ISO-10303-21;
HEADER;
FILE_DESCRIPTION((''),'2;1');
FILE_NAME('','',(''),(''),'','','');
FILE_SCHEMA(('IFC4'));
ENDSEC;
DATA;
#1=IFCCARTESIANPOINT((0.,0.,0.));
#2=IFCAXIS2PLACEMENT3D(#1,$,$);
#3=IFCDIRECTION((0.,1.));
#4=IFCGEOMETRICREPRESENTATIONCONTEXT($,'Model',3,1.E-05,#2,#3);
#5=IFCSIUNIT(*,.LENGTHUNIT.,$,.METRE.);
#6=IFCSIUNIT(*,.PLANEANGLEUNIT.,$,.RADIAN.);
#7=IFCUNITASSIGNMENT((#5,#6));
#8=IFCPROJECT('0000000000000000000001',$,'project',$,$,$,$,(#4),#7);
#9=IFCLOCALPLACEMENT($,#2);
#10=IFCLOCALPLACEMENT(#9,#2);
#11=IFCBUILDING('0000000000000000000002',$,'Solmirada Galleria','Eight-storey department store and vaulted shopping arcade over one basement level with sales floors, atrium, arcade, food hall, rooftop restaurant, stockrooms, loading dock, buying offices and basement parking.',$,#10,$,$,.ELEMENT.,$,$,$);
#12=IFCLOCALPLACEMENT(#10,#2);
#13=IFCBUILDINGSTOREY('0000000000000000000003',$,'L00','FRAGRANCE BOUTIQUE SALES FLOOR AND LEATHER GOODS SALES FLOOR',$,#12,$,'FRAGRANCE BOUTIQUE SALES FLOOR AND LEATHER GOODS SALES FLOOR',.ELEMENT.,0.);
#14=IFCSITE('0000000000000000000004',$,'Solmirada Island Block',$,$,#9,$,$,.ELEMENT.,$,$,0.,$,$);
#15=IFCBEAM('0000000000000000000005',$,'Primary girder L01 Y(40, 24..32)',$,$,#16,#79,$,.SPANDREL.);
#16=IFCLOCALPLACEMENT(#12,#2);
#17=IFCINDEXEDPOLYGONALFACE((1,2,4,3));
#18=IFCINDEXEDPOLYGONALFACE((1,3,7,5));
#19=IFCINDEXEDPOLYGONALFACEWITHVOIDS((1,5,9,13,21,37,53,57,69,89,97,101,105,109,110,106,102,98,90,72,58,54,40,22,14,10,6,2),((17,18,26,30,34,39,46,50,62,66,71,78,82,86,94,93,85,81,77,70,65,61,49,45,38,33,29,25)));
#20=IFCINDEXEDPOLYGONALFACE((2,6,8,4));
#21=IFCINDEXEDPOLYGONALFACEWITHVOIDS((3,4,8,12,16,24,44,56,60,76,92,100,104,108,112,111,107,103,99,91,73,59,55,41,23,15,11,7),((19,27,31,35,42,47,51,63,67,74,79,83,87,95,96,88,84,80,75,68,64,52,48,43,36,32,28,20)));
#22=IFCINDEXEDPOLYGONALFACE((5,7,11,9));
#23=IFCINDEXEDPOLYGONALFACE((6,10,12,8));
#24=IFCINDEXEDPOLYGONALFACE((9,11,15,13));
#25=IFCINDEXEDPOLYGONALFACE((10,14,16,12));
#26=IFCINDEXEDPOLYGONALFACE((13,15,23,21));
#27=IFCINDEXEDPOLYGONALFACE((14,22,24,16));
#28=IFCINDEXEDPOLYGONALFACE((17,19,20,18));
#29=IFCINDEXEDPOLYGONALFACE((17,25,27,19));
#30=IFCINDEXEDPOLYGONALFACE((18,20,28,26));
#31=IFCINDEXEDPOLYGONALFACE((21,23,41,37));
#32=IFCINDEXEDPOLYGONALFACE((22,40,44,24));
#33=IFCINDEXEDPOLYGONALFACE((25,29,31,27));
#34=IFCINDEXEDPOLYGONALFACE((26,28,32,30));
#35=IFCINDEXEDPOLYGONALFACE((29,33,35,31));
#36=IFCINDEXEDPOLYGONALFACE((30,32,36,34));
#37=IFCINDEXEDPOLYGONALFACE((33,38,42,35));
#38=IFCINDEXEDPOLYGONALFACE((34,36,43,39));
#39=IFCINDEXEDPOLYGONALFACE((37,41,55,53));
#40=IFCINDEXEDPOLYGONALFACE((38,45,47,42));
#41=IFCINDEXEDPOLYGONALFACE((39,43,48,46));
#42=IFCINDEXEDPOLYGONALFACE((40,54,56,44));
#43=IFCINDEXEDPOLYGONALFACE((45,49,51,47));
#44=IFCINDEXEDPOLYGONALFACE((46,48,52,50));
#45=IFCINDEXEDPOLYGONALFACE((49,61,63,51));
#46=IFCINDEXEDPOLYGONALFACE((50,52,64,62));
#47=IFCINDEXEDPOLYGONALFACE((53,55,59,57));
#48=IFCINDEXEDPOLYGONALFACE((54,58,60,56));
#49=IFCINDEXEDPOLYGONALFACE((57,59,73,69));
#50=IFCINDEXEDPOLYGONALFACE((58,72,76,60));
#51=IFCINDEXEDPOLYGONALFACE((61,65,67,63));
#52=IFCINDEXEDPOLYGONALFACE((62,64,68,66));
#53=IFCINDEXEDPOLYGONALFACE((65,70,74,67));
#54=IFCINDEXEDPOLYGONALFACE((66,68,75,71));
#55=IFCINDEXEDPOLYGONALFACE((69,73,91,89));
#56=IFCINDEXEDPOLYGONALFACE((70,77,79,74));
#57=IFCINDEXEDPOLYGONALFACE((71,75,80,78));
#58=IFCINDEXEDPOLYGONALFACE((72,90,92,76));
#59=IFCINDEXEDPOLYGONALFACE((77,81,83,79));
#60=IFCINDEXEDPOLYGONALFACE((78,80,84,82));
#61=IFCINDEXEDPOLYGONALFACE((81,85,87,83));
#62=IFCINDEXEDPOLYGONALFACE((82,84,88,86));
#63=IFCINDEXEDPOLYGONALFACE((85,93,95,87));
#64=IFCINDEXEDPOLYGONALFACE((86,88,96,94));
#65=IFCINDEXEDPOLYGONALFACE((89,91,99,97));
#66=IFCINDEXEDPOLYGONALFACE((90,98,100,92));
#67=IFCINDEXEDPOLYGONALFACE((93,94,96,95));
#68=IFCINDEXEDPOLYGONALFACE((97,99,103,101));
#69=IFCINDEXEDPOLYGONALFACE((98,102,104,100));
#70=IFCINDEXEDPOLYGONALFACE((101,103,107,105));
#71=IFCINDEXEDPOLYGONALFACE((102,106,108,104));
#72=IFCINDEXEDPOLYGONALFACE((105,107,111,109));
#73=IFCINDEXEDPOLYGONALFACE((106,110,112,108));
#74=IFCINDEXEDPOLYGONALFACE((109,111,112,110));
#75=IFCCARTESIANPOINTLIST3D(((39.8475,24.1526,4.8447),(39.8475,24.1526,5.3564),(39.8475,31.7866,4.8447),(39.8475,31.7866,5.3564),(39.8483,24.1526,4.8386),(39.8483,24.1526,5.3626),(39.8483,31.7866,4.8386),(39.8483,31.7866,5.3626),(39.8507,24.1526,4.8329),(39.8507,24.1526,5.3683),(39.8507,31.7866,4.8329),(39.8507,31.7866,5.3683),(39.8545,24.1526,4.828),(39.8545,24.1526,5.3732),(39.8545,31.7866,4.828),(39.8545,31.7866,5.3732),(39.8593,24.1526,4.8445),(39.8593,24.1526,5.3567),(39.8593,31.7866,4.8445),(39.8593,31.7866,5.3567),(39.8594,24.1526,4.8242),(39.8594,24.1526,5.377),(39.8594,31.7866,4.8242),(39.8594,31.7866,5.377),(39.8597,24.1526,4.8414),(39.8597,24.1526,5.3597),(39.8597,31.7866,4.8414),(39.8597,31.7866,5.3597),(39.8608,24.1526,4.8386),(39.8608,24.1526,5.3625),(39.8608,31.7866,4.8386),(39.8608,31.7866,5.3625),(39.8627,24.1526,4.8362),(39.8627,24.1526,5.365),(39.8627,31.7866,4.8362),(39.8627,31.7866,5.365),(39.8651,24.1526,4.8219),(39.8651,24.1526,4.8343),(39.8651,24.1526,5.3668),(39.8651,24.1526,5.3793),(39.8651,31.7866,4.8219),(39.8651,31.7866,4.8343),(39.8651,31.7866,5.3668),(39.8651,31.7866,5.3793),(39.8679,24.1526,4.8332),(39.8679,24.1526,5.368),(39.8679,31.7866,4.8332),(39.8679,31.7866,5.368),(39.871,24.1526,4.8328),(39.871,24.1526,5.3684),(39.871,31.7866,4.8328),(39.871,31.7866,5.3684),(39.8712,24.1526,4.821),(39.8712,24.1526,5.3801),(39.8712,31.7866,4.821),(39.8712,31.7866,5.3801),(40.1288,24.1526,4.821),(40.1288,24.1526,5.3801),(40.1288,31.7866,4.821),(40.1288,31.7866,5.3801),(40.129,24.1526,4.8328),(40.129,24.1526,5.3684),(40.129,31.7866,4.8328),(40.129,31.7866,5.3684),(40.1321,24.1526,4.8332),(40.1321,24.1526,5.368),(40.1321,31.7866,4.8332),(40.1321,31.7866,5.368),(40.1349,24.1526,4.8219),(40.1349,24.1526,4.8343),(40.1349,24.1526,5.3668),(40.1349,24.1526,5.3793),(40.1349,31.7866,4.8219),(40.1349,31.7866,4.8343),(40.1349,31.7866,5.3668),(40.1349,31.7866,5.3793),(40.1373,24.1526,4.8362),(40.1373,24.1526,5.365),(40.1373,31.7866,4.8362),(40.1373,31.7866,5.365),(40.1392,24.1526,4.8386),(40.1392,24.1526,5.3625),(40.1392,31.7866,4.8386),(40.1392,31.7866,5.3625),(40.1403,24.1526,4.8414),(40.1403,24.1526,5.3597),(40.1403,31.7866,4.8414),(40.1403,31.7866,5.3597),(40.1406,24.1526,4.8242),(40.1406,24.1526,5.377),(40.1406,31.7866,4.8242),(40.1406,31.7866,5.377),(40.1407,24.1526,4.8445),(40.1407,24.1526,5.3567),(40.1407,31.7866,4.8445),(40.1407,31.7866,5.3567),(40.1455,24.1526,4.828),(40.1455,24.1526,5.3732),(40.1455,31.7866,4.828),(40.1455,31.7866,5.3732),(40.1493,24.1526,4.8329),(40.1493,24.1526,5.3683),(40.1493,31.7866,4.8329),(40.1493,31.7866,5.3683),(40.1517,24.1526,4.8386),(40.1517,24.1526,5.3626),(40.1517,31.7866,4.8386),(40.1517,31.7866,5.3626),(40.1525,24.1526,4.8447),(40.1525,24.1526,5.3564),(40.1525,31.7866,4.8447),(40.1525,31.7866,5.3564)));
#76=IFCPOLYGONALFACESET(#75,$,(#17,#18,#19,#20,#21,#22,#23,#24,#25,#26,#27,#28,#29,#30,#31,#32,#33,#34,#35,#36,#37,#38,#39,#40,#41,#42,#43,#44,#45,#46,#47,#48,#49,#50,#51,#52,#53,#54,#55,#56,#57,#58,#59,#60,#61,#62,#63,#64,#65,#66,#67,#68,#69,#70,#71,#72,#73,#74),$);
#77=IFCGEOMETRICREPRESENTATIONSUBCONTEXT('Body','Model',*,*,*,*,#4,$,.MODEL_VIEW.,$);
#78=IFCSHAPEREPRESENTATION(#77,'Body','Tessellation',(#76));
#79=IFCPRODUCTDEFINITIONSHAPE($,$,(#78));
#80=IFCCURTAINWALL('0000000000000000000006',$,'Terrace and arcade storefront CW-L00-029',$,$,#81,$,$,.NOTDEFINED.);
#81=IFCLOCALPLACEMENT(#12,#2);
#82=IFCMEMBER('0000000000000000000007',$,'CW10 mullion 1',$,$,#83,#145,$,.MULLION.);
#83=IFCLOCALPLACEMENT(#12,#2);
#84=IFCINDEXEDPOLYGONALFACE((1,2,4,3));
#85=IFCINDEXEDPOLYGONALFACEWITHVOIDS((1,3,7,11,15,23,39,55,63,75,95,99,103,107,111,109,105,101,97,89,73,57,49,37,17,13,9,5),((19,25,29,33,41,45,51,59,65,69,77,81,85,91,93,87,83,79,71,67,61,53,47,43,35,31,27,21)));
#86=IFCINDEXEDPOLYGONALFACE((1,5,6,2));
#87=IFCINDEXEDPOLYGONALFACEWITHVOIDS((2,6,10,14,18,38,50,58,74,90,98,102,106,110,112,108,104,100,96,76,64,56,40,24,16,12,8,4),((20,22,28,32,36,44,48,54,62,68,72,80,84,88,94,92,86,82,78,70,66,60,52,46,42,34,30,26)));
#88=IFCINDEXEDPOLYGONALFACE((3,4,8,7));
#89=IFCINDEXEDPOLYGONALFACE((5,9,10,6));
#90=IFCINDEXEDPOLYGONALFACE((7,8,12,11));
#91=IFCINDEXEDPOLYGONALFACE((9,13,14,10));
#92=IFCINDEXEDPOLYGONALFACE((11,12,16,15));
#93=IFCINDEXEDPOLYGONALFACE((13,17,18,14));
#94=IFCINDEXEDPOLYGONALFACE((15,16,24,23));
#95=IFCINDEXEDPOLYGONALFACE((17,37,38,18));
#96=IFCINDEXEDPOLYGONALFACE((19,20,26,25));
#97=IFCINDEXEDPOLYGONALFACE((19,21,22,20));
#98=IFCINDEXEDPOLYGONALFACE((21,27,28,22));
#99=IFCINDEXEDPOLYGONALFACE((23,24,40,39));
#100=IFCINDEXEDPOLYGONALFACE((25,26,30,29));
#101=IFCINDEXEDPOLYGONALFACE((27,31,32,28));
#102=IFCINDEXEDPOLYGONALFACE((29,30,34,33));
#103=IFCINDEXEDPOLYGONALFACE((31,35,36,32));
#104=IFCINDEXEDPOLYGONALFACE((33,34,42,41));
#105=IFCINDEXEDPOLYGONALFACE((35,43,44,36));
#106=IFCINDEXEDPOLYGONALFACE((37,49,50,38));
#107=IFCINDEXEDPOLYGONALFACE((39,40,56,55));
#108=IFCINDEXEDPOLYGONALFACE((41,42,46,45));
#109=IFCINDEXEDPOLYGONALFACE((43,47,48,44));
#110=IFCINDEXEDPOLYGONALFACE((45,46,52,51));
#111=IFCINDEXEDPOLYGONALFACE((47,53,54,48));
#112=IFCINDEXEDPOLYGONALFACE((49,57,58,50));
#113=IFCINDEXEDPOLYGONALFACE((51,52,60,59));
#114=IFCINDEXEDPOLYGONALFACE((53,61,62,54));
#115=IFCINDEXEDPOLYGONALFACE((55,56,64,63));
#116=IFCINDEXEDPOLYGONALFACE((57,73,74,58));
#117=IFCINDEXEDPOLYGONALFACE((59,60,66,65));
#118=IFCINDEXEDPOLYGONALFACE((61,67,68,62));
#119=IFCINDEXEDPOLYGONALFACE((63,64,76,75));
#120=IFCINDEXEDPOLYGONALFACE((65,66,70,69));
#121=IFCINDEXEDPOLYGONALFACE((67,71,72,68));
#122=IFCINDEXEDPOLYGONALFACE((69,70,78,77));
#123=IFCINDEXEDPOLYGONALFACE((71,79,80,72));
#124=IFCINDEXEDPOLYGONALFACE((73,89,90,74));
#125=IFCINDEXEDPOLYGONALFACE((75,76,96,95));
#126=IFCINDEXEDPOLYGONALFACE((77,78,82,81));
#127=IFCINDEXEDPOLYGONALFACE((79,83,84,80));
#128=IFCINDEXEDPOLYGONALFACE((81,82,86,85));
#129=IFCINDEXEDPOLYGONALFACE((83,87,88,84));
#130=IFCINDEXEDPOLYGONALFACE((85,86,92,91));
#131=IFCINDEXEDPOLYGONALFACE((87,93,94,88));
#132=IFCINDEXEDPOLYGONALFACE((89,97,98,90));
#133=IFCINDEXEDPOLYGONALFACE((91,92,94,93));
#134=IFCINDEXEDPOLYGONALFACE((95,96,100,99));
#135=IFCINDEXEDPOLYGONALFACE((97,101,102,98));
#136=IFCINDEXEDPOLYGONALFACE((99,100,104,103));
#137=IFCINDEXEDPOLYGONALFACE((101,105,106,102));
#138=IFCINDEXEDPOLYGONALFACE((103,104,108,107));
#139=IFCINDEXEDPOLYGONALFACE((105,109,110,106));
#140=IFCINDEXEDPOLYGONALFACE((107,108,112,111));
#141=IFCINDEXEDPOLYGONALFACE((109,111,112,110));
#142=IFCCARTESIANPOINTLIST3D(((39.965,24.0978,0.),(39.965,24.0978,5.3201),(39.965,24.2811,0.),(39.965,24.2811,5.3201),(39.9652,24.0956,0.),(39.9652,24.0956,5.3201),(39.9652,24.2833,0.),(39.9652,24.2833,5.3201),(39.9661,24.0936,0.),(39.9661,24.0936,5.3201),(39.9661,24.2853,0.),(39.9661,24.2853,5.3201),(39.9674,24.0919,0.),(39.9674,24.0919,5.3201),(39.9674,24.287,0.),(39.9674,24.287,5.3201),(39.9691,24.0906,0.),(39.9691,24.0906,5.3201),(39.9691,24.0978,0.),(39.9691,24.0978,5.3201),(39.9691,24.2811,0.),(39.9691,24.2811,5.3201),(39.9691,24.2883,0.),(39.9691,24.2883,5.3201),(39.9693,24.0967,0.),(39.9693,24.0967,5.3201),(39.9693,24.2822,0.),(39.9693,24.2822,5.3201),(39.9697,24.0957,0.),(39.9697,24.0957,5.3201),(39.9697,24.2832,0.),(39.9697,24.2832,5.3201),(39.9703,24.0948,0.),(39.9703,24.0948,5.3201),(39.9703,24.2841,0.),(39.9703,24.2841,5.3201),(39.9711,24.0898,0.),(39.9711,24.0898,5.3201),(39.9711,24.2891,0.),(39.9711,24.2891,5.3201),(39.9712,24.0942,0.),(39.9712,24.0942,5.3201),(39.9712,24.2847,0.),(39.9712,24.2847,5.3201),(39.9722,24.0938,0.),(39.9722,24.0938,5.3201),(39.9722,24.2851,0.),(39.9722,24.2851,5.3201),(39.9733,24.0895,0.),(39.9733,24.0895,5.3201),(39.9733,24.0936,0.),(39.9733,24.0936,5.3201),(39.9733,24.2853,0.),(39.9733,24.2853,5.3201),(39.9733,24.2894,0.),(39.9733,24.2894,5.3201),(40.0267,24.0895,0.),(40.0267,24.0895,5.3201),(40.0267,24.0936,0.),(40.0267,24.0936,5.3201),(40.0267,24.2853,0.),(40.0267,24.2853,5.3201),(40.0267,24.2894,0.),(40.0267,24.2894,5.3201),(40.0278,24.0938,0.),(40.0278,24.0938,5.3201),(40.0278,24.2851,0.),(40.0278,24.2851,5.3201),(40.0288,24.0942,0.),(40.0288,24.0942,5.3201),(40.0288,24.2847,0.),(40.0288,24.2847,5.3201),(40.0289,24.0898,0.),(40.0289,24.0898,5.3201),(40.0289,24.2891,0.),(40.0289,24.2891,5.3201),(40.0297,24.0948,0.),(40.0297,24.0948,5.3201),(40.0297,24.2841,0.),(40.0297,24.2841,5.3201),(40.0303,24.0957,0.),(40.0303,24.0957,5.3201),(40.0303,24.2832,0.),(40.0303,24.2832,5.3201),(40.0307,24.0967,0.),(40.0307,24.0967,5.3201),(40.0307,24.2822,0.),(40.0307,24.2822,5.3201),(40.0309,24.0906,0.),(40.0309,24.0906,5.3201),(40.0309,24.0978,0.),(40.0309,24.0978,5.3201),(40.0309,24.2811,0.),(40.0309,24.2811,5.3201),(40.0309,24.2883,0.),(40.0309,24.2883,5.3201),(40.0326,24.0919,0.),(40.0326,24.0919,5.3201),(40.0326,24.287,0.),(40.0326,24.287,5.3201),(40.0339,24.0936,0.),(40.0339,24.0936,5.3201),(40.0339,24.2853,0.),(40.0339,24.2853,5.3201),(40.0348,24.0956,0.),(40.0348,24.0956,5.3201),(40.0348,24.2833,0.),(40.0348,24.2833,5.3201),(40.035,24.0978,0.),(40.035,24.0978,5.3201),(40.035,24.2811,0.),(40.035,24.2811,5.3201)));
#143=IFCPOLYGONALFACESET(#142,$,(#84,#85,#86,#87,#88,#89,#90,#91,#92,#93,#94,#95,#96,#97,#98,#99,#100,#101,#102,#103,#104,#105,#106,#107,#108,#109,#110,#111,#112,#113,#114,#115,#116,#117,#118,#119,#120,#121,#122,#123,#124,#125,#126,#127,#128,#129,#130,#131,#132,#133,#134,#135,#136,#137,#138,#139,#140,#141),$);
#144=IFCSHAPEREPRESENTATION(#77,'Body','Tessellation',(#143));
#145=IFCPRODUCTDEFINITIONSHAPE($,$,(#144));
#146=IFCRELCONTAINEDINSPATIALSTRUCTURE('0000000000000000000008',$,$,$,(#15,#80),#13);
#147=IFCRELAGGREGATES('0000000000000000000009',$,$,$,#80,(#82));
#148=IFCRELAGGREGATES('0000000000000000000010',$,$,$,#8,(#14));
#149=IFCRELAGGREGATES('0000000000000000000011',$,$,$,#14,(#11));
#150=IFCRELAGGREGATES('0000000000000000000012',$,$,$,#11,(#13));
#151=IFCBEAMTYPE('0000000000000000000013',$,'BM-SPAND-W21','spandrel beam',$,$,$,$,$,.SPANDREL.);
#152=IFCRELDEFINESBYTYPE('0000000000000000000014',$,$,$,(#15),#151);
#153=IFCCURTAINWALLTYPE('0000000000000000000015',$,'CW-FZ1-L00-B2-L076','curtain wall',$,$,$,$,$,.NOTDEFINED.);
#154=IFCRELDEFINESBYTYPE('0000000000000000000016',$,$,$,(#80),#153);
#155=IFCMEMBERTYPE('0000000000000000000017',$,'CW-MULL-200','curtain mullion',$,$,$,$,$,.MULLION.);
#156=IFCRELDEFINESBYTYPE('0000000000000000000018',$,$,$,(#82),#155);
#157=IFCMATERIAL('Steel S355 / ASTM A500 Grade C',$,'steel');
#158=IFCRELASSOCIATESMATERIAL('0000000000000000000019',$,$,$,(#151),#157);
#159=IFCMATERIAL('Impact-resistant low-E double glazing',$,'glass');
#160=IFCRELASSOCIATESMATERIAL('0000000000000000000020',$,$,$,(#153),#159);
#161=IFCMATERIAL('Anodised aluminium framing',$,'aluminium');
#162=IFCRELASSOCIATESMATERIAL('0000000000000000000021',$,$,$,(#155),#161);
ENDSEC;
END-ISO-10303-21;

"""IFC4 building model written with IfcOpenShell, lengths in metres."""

from ifc_helpers import new_model, si_unit, direction, frame, origin, origin_2d, place, context, subcontext, project, spatial, hollow_rectangle, extrude, material, material_profile, profile_set, type_object, element, aggregate, save


model = new_model("IFC4")

# Units and contexts
model_context = context("Model", 3, precision=1e-05, world=origin(), true_north=direction((0.0, 1.0)))
body_context = subcontext(model_context, "Body", "Model", "MODEL_VIEW")
ifc_project = project(units=[si_unit("LENGTHUNIT", "METRE"), si_unit("PLANEANGLEUNIT", "RADIAN")], contexts=[model_context])

# Site, building, storey
site_placement = place(None, origin())
site = spatial("IfcSite", under=ifc_project, at=site_placement, Name="Solmirada Island Block", CompositionType="ELEMENT", RefElevation=0.0)
building_placement = place(site_placement, origin())
building = spatial("IfcBuilding", under=site, at=building_placement, Name="Solmirada Galleria", Description="Eight-storey department store and vaulted shopping arcade over one basement level with sales floors, atrium, arcade, food hall, rooftop restaurant, stockrooms, loading dock, buying offices and basement parking.", CompositionType="ELEMENT")
storey_placement = place(building_placement, origin())
storey = spatial("IfcBuildingStorey", under=building, at=storey_placement, Name="L00", Description="FRAGRANCE BOUTIQUE SALES FLOOR AND LEATHER GOODS SALES FLOOR", LongName="FRAGRANCE BOUTIQUE SALES FLOOR AND LEATHER GOODS SALES FLOOR", CompositionType="ELEMENT", Elevation=0.0)

# Shared definitions
ifc_material_1 = material(Name="Steel S355 / ASTM A500 Grade C", Category="steel")

# Beam
ifc_material_profile_1 = material_profile(ifc_material_1, hollow_rectangle(XDim=0.3049, YDim=0.5591, WallThickness=0.0117, InnerFilletRadius=0.0117, OuterFilletRadius=0.0237, at=origin_2d()), Name="HSS22X12X1/2")
ifc_profile_set_1 = profile_set([ifc_material_profile_1], Name="Steel S355 / ASTM A500 Grade C")
beam_type_1 = type_object("IfcBeamType", Name="BM-SPAND-W21", Description="spandrel beam", PredefinedType="SPANDREL", material=ifc_profile_set_1)
beam_1_placement = place(storey_placement, frame((40.0, 24.1526, 5.1006), z_axis=(0.0, 1.0, 0.0), x_axis=(-1.0, 0.0, 0.0)))
element("IfcBeam", 1, at=beam_1_placement, inside=storey, type_object=beam_type_1, Name="Primary girder L01 Y(40, 24..32)", PredefinedType="SPANDREL", context=body_context, shape_type="SweptSolid", body=[
    extrude(hollow_rectangle(XDim=0.3049, YDim=0.5591, WallThickness=0.0117, InnerFilletRadius=0.0117, OuterFilletRadius=0.0237, at=origin_2d()), origin(), (0.0, 0.0, 1.0), 7.634),
])

# Curtain wall, member
ifc_material_2 = material(Name="Impact-resistant low-E double glazing", Category="glass")
curtain_wall_type = type_object("IfcCurtainWallType", Name="CW-FZ1-L00-B2-L076", Description="curtain wall", PredefinedType="NOTDEFINED", material=ifc_material_2)
curtain_wall_placement = place(storey_placement, origin())
curtain_wall = element("IfcCurtainWall", 2, at=curtain_wall_placement, inside=storey, type_object=curtain_wall_type, Name="Terrace and arcade storefront CW-L00-029", PredefinedType="NOTDEFINED")
ifc_material_3 = material(Name="Anodised aluminium framing", Category="aluminium")
ifc_material_profile_2 = material_profile(ifc_material_3, hollow_rectangle(XDim=0.0701, YDim=0.2, WallThickness=0.0042, InnerFilletRadius=0.0042, OuterFilletRadius=0.0083, at=origin_2d()), Name="ALU-MULL-200X70")
ifc_profile_set_2 = profile_set([ifc_material_profile_2], Name="Anodised aluminium framing")
member_type_1 = type_object("IfcMemberType", Name="CW-MULL-200", Description="curtain mullion", PredefinedType="MULLION", material=ifc_profile_set_2)
member_1_placement = place(storey_placement, frame((40.0, 24.1895, 0.0), z_axis=(0.0, 0.0, 1.0), x_axis=(-1.0, 0.0, 0.0)))
member_1 = element("IfcMember", 3, at=member_1_placement, type_object=member_type_1, Name="CW10 mullion 1", PredefinedType="MULLION", context=body_context, shape_type="SweptSolid", body=[
    extrude(hollow_rectangle(XDim=0.0701, YDim=0.2, WallThickness=0.0042, InnerFilletRadius=0.0042, OuterFilletRadius=0.0083, at=origin_2d()), origin(), (0.0, 0.0, 1.0), 5.3201),
])
aggregate(curtain_wall, [member_1])

save(model, "model.ifc")
